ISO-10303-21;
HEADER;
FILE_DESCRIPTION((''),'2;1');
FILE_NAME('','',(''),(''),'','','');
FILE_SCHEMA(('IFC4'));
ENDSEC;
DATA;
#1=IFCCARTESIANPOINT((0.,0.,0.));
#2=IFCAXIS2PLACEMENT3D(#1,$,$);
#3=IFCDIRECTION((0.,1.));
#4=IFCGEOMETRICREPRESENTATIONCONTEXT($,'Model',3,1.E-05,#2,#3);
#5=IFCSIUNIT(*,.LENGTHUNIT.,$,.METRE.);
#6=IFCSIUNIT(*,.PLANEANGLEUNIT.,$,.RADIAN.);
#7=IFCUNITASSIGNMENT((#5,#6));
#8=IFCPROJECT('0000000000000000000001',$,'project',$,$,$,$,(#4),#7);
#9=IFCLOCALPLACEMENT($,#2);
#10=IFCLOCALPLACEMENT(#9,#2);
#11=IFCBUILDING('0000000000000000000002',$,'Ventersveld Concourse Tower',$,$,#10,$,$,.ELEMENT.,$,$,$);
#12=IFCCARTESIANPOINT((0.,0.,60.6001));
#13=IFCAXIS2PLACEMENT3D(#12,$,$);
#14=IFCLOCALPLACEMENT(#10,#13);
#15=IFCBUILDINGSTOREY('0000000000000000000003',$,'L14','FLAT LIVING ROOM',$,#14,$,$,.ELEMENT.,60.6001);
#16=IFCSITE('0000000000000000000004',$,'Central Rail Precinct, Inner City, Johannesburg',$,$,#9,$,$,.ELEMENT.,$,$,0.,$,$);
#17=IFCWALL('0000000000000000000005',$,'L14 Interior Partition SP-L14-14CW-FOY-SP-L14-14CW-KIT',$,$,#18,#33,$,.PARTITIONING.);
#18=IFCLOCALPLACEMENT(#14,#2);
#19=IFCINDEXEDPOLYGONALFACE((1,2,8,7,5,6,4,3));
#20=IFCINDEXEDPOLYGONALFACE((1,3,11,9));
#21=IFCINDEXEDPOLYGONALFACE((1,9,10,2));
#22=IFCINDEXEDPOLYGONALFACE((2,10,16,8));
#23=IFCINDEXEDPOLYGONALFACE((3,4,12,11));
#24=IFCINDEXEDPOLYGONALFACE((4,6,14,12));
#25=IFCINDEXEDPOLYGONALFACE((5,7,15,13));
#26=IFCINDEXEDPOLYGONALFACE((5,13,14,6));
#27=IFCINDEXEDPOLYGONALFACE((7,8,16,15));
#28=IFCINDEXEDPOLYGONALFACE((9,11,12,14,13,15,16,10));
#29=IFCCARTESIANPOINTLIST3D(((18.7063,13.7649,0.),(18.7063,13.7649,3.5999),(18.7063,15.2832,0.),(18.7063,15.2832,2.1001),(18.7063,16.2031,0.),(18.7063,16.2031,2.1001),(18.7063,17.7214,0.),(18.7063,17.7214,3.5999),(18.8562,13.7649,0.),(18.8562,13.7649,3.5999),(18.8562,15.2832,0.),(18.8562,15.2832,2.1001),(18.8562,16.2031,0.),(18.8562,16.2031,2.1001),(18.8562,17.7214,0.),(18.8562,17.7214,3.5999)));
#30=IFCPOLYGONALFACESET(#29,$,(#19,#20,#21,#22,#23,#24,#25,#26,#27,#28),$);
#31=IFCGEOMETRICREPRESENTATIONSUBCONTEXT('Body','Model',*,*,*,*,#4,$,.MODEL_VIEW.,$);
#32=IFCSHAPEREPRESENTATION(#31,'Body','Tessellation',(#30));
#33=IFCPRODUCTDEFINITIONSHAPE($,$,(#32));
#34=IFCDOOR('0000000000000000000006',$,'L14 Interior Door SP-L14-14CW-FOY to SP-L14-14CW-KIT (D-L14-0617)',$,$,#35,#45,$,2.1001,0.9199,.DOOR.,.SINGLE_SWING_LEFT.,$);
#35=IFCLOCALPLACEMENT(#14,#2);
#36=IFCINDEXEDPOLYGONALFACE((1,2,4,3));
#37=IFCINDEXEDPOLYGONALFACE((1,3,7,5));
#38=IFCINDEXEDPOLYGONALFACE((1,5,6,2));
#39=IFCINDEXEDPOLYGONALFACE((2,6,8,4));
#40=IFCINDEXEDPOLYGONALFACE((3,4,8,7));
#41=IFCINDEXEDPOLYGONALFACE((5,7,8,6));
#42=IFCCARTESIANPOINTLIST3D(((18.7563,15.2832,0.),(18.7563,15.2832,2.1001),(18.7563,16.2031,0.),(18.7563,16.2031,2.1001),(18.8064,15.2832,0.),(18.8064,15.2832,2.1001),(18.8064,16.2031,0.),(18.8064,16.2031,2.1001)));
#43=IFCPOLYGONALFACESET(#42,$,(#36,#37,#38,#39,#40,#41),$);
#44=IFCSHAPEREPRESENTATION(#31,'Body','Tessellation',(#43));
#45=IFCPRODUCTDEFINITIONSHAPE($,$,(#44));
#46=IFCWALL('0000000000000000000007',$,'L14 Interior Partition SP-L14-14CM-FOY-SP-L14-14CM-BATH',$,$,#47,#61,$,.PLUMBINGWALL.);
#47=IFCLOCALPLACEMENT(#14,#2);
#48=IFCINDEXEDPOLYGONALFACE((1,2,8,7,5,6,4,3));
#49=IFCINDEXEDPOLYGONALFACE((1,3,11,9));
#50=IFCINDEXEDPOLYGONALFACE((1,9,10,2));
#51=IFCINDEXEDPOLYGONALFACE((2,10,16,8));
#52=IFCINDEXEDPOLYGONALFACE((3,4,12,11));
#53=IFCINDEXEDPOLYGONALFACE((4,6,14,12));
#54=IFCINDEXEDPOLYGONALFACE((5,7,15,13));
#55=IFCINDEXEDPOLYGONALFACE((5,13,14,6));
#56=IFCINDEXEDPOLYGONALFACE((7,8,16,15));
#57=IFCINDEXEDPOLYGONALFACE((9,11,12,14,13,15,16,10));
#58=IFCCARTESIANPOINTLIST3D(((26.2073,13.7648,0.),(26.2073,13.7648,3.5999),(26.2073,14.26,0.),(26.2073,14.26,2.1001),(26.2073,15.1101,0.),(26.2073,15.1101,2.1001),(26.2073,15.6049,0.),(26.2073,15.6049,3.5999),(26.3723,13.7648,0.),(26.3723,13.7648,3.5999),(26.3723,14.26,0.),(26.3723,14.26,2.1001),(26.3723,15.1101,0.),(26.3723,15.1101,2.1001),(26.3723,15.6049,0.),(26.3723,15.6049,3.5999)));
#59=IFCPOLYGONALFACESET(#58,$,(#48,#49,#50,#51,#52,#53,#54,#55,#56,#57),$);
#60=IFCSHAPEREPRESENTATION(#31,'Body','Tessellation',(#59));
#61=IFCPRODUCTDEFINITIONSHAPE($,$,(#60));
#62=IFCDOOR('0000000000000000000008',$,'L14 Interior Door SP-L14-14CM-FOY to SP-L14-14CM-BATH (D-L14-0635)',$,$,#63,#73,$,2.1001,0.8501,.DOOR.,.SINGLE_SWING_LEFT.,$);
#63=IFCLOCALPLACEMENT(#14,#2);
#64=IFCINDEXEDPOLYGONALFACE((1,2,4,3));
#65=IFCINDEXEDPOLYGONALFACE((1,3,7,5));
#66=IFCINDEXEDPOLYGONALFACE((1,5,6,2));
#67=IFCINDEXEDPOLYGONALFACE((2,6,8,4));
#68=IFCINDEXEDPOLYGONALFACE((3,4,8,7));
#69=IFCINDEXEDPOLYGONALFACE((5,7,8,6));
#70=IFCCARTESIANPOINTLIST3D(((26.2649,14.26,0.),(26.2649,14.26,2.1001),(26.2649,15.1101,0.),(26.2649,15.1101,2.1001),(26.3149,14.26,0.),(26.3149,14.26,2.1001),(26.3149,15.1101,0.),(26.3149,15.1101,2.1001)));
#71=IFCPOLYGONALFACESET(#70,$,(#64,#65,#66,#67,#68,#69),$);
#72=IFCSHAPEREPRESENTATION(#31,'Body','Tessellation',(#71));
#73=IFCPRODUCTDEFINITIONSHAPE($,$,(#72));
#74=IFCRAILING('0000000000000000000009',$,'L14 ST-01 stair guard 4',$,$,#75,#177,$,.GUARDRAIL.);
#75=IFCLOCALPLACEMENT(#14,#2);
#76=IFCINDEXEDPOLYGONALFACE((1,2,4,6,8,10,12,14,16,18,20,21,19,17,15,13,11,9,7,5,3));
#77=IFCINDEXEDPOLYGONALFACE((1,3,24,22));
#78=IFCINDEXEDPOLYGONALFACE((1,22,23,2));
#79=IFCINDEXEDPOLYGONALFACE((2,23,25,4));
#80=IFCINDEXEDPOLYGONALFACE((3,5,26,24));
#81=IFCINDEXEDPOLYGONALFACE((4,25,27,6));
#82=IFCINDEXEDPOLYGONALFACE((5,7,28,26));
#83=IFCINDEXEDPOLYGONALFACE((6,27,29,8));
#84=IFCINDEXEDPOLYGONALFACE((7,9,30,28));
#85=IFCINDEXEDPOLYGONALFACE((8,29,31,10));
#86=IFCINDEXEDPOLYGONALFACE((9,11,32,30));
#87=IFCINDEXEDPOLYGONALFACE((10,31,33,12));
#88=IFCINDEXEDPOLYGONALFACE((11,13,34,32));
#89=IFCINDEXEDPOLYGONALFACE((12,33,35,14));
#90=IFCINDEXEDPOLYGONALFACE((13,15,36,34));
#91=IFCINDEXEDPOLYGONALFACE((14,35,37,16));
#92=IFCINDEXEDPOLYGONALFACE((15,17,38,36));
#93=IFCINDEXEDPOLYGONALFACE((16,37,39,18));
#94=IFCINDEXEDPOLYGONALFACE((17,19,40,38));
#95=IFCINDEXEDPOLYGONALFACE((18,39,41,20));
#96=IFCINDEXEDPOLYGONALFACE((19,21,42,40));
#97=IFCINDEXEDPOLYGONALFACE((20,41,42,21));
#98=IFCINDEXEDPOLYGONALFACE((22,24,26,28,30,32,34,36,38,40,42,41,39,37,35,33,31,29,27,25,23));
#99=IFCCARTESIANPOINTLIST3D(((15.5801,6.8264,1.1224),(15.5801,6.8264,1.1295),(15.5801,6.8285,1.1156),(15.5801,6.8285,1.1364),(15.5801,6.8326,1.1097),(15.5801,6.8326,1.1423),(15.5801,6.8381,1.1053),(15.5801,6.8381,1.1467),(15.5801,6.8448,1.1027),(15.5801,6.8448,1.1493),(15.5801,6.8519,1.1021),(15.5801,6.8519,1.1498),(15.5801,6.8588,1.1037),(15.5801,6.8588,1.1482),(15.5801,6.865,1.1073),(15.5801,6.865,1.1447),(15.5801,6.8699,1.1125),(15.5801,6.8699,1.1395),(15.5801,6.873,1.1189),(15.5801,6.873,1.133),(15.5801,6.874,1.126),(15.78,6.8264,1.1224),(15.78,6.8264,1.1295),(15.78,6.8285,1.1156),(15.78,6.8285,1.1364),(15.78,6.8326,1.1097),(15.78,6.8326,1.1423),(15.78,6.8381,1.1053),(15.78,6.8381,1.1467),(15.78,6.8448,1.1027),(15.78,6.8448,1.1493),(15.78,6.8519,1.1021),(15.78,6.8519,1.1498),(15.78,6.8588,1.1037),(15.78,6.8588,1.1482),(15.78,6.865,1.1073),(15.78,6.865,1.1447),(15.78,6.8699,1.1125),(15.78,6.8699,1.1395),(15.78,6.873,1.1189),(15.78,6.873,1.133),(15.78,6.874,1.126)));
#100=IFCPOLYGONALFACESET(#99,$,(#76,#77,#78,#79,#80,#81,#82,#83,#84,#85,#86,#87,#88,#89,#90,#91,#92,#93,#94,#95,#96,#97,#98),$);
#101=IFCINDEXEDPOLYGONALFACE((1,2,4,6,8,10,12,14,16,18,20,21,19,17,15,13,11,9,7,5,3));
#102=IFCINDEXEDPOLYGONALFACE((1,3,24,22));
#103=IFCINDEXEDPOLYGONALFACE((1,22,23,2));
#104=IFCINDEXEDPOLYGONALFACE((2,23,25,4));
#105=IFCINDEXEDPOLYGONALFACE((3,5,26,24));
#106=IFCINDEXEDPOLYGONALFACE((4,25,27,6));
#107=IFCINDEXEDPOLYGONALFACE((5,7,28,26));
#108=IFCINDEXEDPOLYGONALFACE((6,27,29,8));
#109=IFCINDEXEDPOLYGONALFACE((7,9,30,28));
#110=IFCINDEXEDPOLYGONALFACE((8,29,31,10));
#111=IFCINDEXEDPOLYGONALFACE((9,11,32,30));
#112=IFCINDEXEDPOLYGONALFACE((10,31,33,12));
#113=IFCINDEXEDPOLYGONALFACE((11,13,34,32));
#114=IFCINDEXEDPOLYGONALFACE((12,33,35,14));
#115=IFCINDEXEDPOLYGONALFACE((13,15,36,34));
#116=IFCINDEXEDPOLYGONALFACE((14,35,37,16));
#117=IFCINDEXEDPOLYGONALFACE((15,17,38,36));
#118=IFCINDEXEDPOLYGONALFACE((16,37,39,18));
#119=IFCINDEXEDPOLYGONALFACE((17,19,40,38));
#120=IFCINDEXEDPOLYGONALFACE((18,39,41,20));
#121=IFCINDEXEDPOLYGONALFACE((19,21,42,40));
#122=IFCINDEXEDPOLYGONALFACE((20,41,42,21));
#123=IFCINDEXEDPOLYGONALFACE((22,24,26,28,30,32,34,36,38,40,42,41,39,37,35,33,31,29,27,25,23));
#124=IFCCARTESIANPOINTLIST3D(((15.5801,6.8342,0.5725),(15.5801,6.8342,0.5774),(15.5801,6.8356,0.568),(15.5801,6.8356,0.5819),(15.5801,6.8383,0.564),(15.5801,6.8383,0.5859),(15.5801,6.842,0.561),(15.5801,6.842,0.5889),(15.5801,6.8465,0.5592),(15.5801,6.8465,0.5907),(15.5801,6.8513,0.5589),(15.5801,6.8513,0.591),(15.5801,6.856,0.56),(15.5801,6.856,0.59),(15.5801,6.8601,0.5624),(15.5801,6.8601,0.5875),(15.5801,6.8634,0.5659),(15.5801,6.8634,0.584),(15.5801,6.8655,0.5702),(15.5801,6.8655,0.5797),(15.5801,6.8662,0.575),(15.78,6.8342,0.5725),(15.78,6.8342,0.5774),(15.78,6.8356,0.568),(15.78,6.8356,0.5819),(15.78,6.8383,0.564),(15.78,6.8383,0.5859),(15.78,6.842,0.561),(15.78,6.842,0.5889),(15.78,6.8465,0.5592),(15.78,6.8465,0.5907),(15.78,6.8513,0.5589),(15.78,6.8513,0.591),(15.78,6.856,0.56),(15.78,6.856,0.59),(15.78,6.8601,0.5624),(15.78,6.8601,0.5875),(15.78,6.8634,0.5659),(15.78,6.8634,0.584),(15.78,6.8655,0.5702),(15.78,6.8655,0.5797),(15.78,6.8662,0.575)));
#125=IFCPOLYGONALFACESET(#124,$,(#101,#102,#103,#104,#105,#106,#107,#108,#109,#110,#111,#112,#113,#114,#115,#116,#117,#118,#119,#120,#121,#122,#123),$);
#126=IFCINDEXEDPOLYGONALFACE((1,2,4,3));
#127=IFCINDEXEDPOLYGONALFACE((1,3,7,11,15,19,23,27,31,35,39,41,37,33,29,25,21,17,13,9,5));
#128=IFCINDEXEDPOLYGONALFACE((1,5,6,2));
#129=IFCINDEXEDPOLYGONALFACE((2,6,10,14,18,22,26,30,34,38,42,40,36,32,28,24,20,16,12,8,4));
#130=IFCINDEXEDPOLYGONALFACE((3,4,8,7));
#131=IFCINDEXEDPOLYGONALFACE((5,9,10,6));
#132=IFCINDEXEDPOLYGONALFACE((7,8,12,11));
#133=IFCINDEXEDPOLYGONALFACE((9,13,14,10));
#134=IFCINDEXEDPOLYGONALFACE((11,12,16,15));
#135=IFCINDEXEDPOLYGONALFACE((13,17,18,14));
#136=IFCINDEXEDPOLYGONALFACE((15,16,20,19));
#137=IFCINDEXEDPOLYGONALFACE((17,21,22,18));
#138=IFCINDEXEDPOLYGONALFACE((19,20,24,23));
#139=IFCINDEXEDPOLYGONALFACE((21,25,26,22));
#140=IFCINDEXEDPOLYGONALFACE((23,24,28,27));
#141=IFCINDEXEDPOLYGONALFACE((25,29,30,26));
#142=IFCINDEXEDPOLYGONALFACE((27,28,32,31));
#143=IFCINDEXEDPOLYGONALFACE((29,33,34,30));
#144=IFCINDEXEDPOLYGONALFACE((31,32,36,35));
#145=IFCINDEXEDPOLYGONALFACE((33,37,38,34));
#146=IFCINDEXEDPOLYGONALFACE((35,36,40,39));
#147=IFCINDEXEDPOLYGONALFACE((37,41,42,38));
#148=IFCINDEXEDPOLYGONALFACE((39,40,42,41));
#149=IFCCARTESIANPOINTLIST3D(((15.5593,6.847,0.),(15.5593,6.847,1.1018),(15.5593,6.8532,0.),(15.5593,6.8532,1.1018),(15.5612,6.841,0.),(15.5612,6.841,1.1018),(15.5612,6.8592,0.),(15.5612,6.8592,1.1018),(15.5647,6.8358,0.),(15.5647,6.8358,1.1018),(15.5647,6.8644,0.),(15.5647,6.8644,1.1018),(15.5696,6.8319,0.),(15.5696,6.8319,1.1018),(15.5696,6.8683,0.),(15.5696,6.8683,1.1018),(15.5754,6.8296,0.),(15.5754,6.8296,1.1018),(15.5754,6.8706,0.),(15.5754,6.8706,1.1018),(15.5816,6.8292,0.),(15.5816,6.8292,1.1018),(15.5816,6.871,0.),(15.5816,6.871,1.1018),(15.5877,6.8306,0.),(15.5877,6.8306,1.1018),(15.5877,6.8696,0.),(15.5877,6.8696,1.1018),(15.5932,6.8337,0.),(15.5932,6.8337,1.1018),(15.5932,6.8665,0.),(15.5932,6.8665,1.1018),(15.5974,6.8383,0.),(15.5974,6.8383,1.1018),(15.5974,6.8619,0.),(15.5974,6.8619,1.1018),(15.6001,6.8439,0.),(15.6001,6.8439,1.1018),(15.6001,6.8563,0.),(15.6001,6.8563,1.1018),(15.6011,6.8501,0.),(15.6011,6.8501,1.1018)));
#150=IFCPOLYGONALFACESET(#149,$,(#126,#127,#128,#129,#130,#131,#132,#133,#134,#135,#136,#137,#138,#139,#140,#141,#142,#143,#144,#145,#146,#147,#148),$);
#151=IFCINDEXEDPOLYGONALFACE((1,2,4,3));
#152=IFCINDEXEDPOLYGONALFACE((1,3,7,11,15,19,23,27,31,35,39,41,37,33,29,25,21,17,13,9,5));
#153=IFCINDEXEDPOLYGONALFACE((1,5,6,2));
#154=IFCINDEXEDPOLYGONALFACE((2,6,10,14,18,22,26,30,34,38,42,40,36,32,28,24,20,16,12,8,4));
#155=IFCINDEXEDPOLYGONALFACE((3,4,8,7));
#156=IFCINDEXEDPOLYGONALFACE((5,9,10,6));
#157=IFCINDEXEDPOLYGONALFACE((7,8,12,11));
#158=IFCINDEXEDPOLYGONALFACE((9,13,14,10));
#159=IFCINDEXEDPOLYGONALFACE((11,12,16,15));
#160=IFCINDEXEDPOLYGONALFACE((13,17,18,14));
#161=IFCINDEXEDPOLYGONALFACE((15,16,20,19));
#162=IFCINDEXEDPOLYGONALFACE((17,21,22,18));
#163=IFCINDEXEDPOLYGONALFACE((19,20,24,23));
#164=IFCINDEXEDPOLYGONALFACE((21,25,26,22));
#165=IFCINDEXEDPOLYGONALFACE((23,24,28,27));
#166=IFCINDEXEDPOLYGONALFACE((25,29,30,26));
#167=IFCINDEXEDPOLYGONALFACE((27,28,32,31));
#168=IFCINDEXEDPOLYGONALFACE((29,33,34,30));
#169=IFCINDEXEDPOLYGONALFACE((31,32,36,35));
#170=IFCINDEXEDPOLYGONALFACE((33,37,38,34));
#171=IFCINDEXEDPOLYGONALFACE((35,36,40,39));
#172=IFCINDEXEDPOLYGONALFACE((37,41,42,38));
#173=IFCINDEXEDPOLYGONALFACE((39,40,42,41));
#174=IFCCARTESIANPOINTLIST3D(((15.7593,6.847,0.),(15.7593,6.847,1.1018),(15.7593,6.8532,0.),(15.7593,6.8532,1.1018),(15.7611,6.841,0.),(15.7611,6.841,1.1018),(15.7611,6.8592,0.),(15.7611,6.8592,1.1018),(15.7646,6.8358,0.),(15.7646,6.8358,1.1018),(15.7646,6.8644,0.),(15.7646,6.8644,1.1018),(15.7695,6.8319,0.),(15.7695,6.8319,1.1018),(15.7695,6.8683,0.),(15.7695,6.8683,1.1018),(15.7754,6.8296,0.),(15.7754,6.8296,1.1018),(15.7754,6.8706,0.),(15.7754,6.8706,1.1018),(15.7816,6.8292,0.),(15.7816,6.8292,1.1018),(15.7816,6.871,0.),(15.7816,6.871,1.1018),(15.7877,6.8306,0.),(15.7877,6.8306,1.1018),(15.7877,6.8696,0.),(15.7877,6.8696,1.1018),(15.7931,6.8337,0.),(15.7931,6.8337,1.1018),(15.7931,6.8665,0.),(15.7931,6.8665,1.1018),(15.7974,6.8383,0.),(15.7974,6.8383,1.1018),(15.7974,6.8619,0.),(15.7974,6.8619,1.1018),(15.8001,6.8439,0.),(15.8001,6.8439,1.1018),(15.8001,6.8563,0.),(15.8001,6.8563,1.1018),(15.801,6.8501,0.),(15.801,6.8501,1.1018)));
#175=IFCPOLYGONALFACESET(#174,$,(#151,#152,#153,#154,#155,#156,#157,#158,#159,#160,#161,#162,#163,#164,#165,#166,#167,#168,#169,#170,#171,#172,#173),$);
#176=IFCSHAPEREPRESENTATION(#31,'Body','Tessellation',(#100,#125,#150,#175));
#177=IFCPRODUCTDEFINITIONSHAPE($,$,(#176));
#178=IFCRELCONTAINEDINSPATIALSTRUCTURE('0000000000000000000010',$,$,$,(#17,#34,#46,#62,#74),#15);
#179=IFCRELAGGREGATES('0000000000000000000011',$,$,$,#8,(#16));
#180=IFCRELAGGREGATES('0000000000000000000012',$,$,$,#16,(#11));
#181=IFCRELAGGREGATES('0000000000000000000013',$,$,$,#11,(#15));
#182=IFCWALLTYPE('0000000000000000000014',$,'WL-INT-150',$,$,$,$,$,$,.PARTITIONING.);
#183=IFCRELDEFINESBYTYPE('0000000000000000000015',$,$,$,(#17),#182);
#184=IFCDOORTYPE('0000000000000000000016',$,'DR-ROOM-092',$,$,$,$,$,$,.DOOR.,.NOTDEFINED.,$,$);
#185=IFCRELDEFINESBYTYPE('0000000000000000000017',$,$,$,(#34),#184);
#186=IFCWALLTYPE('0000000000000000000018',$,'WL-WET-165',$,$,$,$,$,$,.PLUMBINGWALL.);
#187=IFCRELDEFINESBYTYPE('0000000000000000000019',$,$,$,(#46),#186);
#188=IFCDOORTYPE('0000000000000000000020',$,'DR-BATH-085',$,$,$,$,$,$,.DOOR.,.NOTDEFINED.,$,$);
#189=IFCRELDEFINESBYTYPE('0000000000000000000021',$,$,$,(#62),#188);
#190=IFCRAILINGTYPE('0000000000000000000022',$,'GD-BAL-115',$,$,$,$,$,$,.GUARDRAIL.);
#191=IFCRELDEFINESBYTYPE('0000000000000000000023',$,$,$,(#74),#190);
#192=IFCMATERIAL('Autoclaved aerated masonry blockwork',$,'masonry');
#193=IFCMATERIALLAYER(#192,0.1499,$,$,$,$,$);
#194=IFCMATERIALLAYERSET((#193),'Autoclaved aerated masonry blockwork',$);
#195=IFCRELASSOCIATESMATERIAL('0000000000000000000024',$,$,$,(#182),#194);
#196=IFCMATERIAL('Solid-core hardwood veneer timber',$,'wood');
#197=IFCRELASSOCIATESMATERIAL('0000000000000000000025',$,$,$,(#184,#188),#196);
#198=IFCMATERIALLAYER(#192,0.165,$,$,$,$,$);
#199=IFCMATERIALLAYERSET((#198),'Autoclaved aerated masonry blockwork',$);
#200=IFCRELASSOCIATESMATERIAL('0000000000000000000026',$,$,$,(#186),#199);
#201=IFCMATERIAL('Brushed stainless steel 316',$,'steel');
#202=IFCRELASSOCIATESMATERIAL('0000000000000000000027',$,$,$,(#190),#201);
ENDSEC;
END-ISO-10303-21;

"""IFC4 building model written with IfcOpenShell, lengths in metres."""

from ifc_helpers import new_model, si_unit, direction, frame, frame_2d, origin, origin_2d, place, context, subcontext, project, spatial, rectangle, circle, extrude, material, layer, layer_set, type_object, element, fill, save


model = new_model("IFC4")

# Units and contexts
model_context = context("Model", 3, precision=1e-05, world=origin(), true_north=direction((0.0, 1.0)))
body_context = subcontext(model_context, "Body", "Model", "MODEL_VIEW")
ifc_project = project(units=[si_unit("LENGTHUNIT", "METRE"), si_unit("PLANEANGLEUNIT", "RADIAN")], contexts=[model_context])

# Site, building, storey
site_placement = place(None, origin())
site = spatial("IfcSite", under=ifc_project, at=site_placement, Name="Central Rail Precinct, Inner City, Johannesburg", CompositionType="ELEMENT", RefElevation=0.0)
building_placement = place(site_placement, origin())
building = spatial("IfcBuilding", under=site, at=building_placement, Name="Ventersveld Concourse Tower", CompositionType="ELEMENT")
storey_placement = place(building_placement, frame((0.0, 0.0, 60.6001)))
storey = spatial("IfcBuildingStorey", under=building, at=storey_placement, Name="L14", Description="FLAT LIVING ROOM", CompositionType="ELEMENT", Elevation=60.6001)

# Shared definitions
ifc_material_1 = material(Name="Brushed stainless steel 316", Category="steel")

# Walls, openings, doors
ifc_material_2 = material(Name="Autoclaved aerated masonry blockwork", Category="masonry")
ifc_layer_1 = layer(ifc_material_2, 0.1499)
ifc_layer_set_1 = layer_set([ifc_layer_1], Name="Autoclaved aerated masonry blockwork")
wall_type_1 = type_object("IfcWallType", Name="WL-INT-150", PredefinedType="PARTITIONING", material=ifc_layer_set_1)
wall_1_placement = place(storey_placement, frame((18.7812, 13.7649, 0.0), z_axis=(0.0, 0.0, 1.0), x_axis=(0.0, 1.0, 0.0)))
wall_1 = element("IfcWall", 1, at=wall_1_placement, inside=storey, type_object=wall_type_1, Name="L14 Interior Partition SP-L14-14CW-FOY-SP-L14-14CW-KIT", PredefinedType="PARTITIONING", context=body_context, shape_type="SweptSolid", body=[
    extrude(rectangle(XDim=3.9565, YDim=0.1499, at=frame_2d((1.9783, 0.0))), origin(), (0.0, 0.0, 1.0), 3.5999),
])
opening_1_placement = place(wall_1_placement, frame((1.5183, 0.0, 0.0)))
opening_1 = element("IfcOpeningElement", 2, at=opening_1_placement, cuts=wall_1, PredefinedType="OPENING", context=body_context, shape_type="SweptSolid", body=[
    extrude(rectangle(XDim=0.9199, YDim=2.1001, at=frame_2d((0.46, 1.05))), frame((0.0, 0.085, 0.0), z_axis=(0.0, -1.0, 0.0), x_axis=(1.0, 0.0, 0.0)), (0.0, 0.0, 1.0), 0.1699),
])
ifc_material_3 = material(Name="Solid-core hardwood veneer timber", Category="wood")
door_type_1 = type_object("IfcDoorType", Name="DR-ROOM-092", OperationType="NOTDEFINED", PredefinedType="DOOR", material=ifc_material_3)
door_1_placement = place(opening_1_placement, origin())
door_1 = element("IfcDoor", 3, at=door_1_placement, inside=storey, type_object=door_type_1, Name="L14 Interior Door SP-L14-14CW-FOY to SP-L14-14CW-KIT (D-L14-0617)", OperationType="SINGLE_SWING_LEFT", OverallHeight=2.1001, OverallWidth=0.9199, PredefinedType="DOOR", context=body_context, shape_type="SweptSolid", body=[
    extrude(rectangle(XDim=0.9199, YDim=2.1001, at=frame_2d((0.46, 1.05))), frame((0.0, 0.0249, 0.0), z_axis=(0.0, -1.0, 0.0), x_axis=(1.0, 0.0, 0.0)), (0.0, 0.0, 1.0), 0.05),
])
fill(opening_1, door_1)
ifc_layer_2 = layer(ifc_material_2, 0.165)
ifc_layer_set_2 = layer_set([ifc_layer_2], Name="Autoclaved aerated masonry blockwork")
wall_type_2 = type_object("IfcWallType", Name="WL-WET-165", PredefinedType="PLUMBINGWALL", material=ifc_layer_set_2)
wall_2_placement = place(storey_placement, frame((26.2898, 13.7649, 0.0), z_axis=(0.0, 0.0, 1.0), x_axis=(0.0, 1.0, 0.0)))
wall_2 = element("IfcWall", 4, at=wall_2_placement, inside=storey, type_object=wall_type_2, Name="L14 Interior Partition SP-L14-14CM-FOY-SP-L14-14CM-BATH", PredefinedType="PLUMBINGWALL", context=body_context, shape_type="SweptSolid", body=[
    extrude(rectangle(XDim=1.8401, YDim=0.165, at=frame_2d((0.9199, 0.0))), origin(), (0.0, 0.0, 1.0), 3.5999),
])
opening_2_placement = place(wall_2_placement, frame((0.4951, 0.0, 0.0)))
opening_2 = element("IfcOpeningElement", 5, at=opening_2_placement, cuts=wall_2, PredefinedType="OPENING", context=body_context, shape_type="SweptSolid", body=[
    extrude(rectangle(XDim=0.8501, YDim=2.1001, at=frame_2d((0.425, 1.05))), frame((0.0, 0.0925, 0.0), z_axis=(0.0, -1.0, 0.0), x_axis=(1.0, 0.0, 0.0)), (0.0, 0.0, 1.0), 0.1851),
])
door_type_2 = type_object("IfcDoorType", Name="DR-BATH-085", OperationType="NOTDEFINED", PredefinedType="DOOR", material=ifc_material_3)
door_2_placement = place(opening_2_placement, origin())
door_2 = element("IfcDoor", 6, at=door_2_placement, inside=storey, type_object=door_type_2, Name="L14 Interior Door SP-L14-14CM-FOY to SP-L14-14CM-BATH (D-L14-0635)", OperationType="SINGLE_SWING_LEFT", OverallHeight=2.1001, OverallWidth=0.8501, PredefinedType="DOOR", context=body_context, shape_type="SweptSolid", body=[
    extrude(rectangle(XDim=0.8501, YDim=2.1001, at=frame_2d((0.425, 1.05))), frame((0.0, 0.0249, 0.0), z_axis=(0.0, -1.0, 0.0), x_axis=(1.0, 0.0, 0.0)), (0.0, 0.0, 1.0), 0.05),
])
fill(opening_2, door_2)

# Railing
railing_type_1 = type_object("IfcRailingType", Name="GD-BAL-115", PredefinedType="GUARDRAIL", material=ifc_material_1)
railing_1_placement = place(storey_placement, frame((15.5801, 6.8501, 0.0)))
element("IfcRailing", 7, at=railing_1_placement, inside=storey, type_object=railing_type_1, Name="L14 ST-01 stair guard 4", PredefinedType="GUARDRAIL", context=body_context, shape_type="SweptSolid", body=[
    extrude(circle(Radius=0.0239, at=origin_2d()), frame((0.0, 0.0, 1.126), z_axis=(1.0, 0.0, 0.0), x_axis=(0.0, 1.0, 0.0)), (0.0, 0.0, 1.0), 0.2),
    extrude(circle(Radius=0.0161, at=origin_2d()), frame((0.0, 0.0, 0.575), z_axis=(1.0, 0.0, 0.0), x_axis=(0.0, 1.0, 0.0)), (0.0, 0.0, 1.0), 0.2),
    extrude(circle(Radius=0.021, at=origin_2d()), origin(), (0.0, 0.0, 1.0), 1.1018),
    extrude(circle(Radius=0.021, at=origin_2d()), frame((0.2, 0.0, 0.0)), (0.0, 0.0, 1.0), 1.1018),
])

save(model, "model.ifc")
